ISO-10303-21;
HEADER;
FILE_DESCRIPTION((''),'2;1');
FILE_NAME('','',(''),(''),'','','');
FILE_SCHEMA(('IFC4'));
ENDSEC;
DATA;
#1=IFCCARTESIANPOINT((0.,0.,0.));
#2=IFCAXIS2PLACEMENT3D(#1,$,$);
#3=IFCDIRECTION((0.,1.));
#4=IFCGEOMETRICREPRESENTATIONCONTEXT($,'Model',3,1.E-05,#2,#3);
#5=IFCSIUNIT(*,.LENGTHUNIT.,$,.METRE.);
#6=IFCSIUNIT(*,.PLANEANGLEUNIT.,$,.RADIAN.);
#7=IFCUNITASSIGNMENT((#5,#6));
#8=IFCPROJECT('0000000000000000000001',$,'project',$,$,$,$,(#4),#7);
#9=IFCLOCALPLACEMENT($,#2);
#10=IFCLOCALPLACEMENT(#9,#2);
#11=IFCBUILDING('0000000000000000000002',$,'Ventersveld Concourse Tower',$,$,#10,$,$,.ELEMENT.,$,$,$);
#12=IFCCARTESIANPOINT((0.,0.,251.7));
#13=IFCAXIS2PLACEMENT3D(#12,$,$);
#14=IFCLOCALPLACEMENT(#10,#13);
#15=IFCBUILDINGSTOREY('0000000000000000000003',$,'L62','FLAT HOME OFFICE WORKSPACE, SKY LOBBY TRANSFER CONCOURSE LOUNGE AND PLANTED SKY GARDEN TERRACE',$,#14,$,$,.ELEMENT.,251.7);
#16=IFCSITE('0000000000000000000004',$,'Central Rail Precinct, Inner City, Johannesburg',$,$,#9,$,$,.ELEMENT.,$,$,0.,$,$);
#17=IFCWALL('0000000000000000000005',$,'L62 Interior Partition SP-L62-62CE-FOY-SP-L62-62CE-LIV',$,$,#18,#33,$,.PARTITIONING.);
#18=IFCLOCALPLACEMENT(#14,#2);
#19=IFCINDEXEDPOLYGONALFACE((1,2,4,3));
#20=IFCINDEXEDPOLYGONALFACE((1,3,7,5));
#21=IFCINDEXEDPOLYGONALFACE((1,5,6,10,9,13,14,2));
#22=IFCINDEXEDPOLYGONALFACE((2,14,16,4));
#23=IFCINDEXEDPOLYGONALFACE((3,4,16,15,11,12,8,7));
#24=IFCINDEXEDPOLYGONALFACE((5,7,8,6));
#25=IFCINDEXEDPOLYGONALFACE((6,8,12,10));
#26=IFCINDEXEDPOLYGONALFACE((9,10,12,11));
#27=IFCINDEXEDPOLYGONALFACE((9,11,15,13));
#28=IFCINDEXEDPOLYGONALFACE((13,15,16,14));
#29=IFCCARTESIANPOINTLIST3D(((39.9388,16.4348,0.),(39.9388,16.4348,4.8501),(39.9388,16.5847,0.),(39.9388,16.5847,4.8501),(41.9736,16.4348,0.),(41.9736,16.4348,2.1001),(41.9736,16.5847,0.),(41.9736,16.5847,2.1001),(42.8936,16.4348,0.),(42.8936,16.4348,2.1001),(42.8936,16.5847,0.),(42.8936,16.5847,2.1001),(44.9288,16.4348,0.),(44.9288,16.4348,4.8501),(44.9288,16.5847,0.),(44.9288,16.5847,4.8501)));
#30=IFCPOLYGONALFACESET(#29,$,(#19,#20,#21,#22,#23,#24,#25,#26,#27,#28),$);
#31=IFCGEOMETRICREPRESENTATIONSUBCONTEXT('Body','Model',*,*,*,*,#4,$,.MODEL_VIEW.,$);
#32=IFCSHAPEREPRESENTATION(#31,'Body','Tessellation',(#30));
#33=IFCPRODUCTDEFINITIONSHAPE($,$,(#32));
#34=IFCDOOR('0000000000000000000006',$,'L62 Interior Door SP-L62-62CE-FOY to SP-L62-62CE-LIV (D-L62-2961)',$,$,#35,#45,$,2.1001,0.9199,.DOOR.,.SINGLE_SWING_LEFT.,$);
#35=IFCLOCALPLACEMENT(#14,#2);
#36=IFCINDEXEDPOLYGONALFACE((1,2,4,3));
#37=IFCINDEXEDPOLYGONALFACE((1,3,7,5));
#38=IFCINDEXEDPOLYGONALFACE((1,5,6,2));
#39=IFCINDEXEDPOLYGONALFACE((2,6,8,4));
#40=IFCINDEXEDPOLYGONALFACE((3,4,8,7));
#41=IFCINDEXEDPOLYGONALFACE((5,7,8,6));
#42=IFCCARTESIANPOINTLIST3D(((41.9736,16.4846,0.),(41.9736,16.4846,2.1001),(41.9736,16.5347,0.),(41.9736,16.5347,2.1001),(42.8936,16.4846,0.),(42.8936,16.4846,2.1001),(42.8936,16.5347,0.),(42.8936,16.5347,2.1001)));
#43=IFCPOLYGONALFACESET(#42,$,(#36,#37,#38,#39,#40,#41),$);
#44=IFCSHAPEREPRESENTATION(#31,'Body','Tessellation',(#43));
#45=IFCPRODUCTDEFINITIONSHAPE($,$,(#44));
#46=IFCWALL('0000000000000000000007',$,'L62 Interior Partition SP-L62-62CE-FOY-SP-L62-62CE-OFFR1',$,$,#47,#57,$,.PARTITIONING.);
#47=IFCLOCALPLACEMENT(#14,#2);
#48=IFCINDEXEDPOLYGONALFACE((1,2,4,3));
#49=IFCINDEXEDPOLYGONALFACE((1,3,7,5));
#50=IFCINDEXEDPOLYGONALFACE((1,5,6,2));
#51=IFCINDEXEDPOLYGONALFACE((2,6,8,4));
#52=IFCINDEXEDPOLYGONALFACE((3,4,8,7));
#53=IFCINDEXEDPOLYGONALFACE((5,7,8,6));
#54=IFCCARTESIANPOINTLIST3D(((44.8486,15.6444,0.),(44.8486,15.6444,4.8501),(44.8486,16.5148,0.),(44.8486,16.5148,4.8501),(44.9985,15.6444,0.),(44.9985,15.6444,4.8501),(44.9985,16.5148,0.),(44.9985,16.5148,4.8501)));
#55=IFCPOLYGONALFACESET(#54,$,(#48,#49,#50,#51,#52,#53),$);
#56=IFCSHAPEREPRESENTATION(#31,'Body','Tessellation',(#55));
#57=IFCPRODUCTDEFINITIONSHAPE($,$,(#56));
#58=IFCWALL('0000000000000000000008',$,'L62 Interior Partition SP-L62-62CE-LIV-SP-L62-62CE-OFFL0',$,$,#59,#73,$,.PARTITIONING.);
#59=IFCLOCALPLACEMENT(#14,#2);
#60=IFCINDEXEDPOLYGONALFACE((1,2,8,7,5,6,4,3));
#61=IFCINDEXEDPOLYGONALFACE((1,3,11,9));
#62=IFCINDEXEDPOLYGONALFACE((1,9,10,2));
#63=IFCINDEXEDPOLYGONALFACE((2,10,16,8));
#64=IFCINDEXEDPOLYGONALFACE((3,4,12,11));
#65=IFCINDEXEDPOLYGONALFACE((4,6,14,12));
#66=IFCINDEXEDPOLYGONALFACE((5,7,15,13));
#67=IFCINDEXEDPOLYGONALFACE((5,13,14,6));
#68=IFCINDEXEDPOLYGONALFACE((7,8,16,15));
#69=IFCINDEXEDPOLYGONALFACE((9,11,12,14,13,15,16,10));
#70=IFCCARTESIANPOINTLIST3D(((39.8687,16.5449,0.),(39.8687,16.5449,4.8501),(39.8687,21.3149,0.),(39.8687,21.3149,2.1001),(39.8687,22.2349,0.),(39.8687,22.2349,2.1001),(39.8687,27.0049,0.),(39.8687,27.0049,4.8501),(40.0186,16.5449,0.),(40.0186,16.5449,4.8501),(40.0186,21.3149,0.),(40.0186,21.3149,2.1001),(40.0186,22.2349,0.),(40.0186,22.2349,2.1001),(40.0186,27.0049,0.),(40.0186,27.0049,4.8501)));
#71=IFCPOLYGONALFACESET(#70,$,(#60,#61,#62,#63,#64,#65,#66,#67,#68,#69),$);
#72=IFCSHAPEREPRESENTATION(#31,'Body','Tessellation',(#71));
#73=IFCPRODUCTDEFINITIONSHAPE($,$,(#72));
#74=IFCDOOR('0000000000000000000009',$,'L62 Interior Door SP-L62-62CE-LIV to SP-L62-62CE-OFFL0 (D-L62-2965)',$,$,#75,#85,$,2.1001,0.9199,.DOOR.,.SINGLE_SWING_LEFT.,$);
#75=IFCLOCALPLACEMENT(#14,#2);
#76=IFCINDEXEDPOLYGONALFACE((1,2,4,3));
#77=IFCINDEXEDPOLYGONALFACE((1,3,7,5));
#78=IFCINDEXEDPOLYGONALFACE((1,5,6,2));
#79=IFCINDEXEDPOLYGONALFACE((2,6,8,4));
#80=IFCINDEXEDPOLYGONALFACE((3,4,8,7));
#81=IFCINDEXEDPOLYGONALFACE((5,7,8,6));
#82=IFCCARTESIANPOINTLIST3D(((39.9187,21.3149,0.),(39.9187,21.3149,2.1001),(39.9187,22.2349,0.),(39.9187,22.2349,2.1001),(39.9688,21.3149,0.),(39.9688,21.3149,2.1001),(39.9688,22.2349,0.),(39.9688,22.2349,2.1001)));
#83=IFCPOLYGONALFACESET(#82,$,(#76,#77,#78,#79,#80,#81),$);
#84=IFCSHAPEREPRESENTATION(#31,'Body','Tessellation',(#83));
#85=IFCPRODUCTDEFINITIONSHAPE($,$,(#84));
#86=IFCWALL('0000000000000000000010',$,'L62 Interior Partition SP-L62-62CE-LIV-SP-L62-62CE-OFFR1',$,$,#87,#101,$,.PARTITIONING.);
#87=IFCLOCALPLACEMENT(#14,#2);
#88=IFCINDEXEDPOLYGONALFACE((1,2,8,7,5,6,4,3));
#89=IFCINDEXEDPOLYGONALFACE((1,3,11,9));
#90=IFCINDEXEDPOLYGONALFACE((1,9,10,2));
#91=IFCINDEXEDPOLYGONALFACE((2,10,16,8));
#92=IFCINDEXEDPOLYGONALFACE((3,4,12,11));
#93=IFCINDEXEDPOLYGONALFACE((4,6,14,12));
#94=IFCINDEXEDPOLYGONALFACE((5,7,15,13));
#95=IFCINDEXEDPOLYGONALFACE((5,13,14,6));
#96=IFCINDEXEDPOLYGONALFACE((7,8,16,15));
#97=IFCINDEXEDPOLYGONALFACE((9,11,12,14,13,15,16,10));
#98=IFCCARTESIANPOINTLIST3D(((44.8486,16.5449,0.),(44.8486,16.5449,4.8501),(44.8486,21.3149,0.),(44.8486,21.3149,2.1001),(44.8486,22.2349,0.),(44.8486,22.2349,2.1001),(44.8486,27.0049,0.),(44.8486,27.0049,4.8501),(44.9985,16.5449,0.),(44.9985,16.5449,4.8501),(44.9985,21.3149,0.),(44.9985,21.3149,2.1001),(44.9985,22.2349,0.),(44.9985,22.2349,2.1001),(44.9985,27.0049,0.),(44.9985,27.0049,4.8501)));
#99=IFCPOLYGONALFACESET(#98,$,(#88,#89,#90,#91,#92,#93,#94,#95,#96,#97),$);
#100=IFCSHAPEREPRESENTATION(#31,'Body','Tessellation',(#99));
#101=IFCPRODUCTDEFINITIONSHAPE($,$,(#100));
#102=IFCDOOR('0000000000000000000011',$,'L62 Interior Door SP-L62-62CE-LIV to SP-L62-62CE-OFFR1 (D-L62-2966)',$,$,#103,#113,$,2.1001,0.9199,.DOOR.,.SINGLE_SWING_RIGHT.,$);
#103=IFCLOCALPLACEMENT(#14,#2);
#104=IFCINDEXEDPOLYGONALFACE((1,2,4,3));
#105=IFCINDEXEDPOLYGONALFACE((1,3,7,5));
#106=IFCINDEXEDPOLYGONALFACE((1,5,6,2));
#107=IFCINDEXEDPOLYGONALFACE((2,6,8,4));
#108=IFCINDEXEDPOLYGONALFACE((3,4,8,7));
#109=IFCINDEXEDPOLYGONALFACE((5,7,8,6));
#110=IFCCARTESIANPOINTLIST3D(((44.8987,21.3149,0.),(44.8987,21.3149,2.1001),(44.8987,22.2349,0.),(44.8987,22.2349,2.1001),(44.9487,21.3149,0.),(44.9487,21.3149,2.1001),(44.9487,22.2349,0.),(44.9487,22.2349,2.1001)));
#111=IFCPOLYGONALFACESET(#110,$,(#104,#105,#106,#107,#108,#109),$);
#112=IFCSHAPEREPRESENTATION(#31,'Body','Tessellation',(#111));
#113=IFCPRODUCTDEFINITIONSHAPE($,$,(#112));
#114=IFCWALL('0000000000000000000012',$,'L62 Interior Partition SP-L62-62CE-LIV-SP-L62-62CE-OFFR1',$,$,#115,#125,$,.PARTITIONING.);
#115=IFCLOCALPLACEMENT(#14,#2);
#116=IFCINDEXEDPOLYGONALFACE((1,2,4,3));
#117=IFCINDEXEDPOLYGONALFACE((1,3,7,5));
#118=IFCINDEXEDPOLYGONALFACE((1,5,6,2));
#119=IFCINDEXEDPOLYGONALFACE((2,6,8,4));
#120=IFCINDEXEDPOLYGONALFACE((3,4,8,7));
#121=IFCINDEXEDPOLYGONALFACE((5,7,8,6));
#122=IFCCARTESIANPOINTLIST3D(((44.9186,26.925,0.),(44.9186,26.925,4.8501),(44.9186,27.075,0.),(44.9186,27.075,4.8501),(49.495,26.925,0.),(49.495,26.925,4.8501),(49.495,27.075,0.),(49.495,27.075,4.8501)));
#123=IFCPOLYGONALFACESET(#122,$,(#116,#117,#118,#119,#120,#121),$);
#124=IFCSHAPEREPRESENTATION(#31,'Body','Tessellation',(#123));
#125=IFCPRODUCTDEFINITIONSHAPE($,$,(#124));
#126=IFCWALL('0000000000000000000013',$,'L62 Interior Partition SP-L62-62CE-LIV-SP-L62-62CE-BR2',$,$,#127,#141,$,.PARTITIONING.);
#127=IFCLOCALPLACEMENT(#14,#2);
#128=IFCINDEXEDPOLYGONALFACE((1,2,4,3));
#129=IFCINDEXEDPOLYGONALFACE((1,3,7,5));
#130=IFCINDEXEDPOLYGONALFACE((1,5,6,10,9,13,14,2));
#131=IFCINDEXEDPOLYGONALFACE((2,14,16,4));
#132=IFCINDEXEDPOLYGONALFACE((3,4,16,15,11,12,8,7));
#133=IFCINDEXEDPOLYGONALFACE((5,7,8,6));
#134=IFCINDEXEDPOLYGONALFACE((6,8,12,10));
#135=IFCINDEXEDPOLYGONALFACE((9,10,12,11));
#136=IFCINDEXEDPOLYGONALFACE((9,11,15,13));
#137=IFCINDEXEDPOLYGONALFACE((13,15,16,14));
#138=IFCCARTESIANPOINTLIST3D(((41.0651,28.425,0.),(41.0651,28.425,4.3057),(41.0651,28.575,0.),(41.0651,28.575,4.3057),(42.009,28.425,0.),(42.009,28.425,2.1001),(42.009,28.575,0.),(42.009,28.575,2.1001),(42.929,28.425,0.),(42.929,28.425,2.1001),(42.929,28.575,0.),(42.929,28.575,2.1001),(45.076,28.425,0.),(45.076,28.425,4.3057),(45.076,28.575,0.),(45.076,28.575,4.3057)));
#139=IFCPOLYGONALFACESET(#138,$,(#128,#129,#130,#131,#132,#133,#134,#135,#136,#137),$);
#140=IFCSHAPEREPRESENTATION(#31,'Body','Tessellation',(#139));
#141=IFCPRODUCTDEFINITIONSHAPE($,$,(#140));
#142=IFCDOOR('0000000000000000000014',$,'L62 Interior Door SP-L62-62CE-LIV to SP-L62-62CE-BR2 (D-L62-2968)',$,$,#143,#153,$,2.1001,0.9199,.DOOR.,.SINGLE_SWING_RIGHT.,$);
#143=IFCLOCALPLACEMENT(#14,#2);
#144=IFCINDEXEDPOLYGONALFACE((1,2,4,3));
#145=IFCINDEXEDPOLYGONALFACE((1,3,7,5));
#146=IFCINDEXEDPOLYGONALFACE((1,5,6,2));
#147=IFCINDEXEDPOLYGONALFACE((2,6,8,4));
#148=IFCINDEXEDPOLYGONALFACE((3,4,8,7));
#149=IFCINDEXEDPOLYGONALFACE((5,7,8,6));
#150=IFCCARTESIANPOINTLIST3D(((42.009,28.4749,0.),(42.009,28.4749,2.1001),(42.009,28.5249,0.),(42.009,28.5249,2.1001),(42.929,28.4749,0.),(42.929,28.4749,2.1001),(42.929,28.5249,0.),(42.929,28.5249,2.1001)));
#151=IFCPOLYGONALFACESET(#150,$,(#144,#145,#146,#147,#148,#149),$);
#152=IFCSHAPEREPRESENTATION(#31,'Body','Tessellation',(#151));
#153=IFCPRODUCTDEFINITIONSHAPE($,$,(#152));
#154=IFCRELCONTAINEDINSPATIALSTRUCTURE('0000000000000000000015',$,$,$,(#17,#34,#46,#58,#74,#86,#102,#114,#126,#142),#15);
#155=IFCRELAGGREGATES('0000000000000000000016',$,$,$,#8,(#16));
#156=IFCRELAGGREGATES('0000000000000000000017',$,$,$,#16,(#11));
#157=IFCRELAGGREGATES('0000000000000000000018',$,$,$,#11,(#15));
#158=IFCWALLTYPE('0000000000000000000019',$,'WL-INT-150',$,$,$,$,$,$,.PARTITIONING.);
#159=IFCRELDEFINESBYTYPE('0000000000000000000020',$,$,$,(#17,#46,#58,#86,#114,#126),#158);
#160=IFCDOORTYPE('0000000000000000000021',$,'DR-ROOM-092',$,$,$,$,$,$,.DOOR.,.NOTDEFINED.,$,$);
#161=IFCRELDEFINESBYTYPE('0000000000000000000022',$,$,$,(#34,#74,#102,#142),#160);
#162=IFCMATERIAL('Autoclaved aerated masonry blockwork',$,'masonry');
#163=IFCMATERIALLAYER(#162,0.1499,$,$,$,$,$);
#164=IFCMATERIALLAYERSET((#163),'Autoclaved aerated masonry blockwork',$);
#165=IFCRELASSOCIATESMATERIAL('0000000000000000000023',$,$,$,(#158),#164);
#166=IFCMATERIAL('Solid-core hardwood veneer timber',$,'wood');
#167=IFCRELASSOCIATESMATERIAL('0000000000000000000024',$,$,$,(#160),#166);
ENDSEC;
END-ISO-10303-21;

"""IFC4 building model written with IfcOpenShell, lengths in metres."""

from ifc_helpers import new_model, si_unit, direction, frame, frame_2d, origin, place, context, subcontext, project, spatial, rectangle, extrude, material, layer, layer_set, type_object, element, fill, save


model = new_model("IFC4")

# Units and contexts
model_context = context("Model", 3, precision=1e-05, world=origin(), true_north=direction((0.0, 1.0)))
body_context = subcontext(model_context, "Body", "Model", "MODEL_VIEW")
ifc_project = project(units=[si_unit("LENGTHUNIT", "METRE"), si_unit("PLANEANGLEUNIT", "RADIAN")], contexts=[model_context])

# Site, building, storey
site_placement = place(None, origin())
site = spatial("IfcSite", under=ifc_project, at=site_placement, Name="Central Rail Precinct, Inner City, Johannesburg", CompositionType="ELEMENT", RefElevation=0.0)
building_placement = place(site_placement, origin())
building = spatial("IfcBuilding", under=site, at=building_placement, Name="Ventersveld Concourse Tower", CompositionType="ELEMENT")
storey_placement = place(building_placement, frame((0.0, 0.0, 251.7)))
storey = spatial("IfcBuildingStorey", under=building, at=storey_placement, Name="L62", Description="FLAT HOME OFFICE WORKSPACE, SKY LOBBY TRANSFER CONCOURSE LOUNGE AND PLANTED SKY GARDEN TERRACE", CompositionType="ELEMENT", Elevation=251.7)

# Wall, opening, door
ifc_material_1 = material(Name="Autoclaved aerated masonry blockwork", Category="masonry")
ifc_layer_1 = layer(ifc_material_1, 0.1499)
ifc_layer_set_1 = layer_set([ifc_layer_1], Name="Autoclaved aerated masonry blockwork")
wall_type_1 = type_object("IfcWallType", Name="WL-INT-150", PredefinedType="PARTITIONING", material=ifc_layer_set_1)
wall_1_placement = place(storey_placement, frame((39.9387, 16.5098, 0.0), z_axis=(0.0, 0.0, 1.0), x_axis=(1.0, 0.0, 0.0)))
wall_1 = element("IfcWall", 1, at=wall_1_placement, inside=storey, type_object=wall_type_1, Name="L62 Interior Partition SP-L62-62CE-FOY-SP-L62-62CE-LIV", PredefinedType="PARTITIONING", context=body_context, shape_type="SweptSolid", body=[
    extrude(rectangle(XDim=4.99, YDim=0.1499, at=frame_2d((2.4951, 0.0))), origin(), (0.0, 0.0, 1.0), 4.8501),
])
opening_1_placement = place(wall_1_placement, frame((2.0349, 0.0, 0.0)))
opening_1 = element("IfcOpeningElement", 2, at=opening_1_placement, cuts=wall_1, PredefinedType="OPENING", context=body_context, shape_type="SweptSolid", body=[
    extrude(rectangle(XDim=0.9199, YDim=2.1001, at=frame_2d((0.46, 1.05))), frame((0.0, 0.085, 0.0), z_axis=(0.0, -1.0, 0.0), x_axis=(1.0, 0.0, 0.0)), (0.0, 0.0, 1.0), 0.1699),
])
ifc_material_2 = material(Name="Solid-core hardwood veneer timber", Category="wood")
door_type = type_object("IfcDoorType", Name="DR-ROOM-092", OperationType="NOTDEFINED", PredefinedType="DOOR", material=ifc_material_2)
door_1_placement = place(opening_1_placement, origin())
door_1 = element("IfcDoor", 3, at=door_1_placement, inside=storey, type_object=door_type, Name="L62 Interior Door SP-L62-62CE-FOY to SP-L62-62CE-LIV (D-L62-2961)", OperationType="SINGLE_SWING_LEFT", OverallHeight=2.1001, OverallWidth=0.9199, PredefinedType="DOOR", context=body_context, shape_type="SweptSolid", body=[
    extrude(rectangle(XDim=0.9199, YDim=2.1001, at=frame_2d((0.46, 1.05))), frame((0.0, 0.0249, 0.0), z_axis=(0.0, -1.0, 0.0), x_axis=(1.0, 0.0, 0.0)), (0.0, 0.0, 1.0), 0.05),
])
fill(opening_1, door_1)

# Wall
wall_2_placement = place(storey_placement, frame((44.9236, 15.6445, 0.0), z_axis=(0.0, 0.0, 1.0), x_axis=(0.0, 1.0, 0.0)))
element("IfcWall", 4, at=wall_2_placement, inside=storey, type_object=wall_type_1, Name="L62 Interior Partition SP-L62-62CE-FOY-SP-L62-62CE-OFFR1", PredefinedType="PARTITIONING", context=body_context, shape_type="SweptSolid", body=[
    extrude(rectangle(XDim=0.8704, YDim=0.1499, at=frame_2d((0.4351, 0.0))), origin(), (0.0, 0.0, 1.0), 4.8501),
])

# Walls, openings, doors
wall_3_placement = place(storey_placement, frame((39.9436, 16.5449, 0.0), z_axis=(0.0, 0.0, 1.0), x_axis=(0.0, 1.0, 0.0)))
wall_3 = element("IfcWall", 5, at=wall_3_placement, inside=storey, type_object=wall_type_1, Name="L62 Interior Partition SP-L62-62CE-LIV-SP-L62-62CE-OFFL0", PredefinedType="PARTITIONING", context=body_context, shape_type="SweptSolid", body=[
    extrude(rectangle(XDim=10.46, YDim=0.1499, at=frame_2d((5.23, 0.0))), origin(), (0.0, 0.0, 1.0), 4.8501),
])
opening_2_placement = place(wall_3_placement, frame((4.77, 0.0, 0.0)))
opening_2 = element("IfcOpeningElement", 6, at=opening_2_placement, cuts=wall_3, PredefinedType="OPENING", context=body_context, shape_type="SweptSolid", body=[
    extrude(rectangle(XDim=0.9199, YDim=2.1001, at=frame_2d((0.46, 1.05))), frame((0.0, 0.085, 0.0), z_axis=(0.0, -1.0, 0.0), x_axis=(1.0, 0.0, 0.0)), (0.0, 0.0, 1.0), 0.1699),
])
door_2_placement = place(opening_2_placement, origin())
door_2 = element("IfcDoor", 7, at=door_2_placement, inside=storey, type_object=door_type, Name="L62 Interior Door SP-L62-62CE-LIV to SP-L62-62CE-OFFL0 (D-L62-2965)", OperationType="SINGLE_SWING_LEFT", OverallHeight=2.1001, OverallWidth=0.9199, PredefinedType="DOOR", context=body_context, shape_type="SweptSolid", body=[
    extrude(rectangle(XDim=0.9199, YDim=2.1001, at=frame_2d((0.46, 1.05))), frame((0.0, 0.0249, 0.0), z_axis=(0.0, -1.0, 0.0), x_axis=(1.0, 0.0, 0.0)), (0.0, 0.0, 1.0), 0.05),
])
fill(opening_2, door_2)
wall_4_placement = place(storey_placement, frame((44.9236, 16.5449, 0.0), z_axis=(0.0, 0.0, 1.0), x_axis=(0.0, 1.0, 0.0)))
wall_4 = element("IfcWall", 8, at=wall_4_placement, inside=storey, type_object=wall_type_1, Name="L62 Interior Partition SP-L62-62CE-LIV-SP-L62-62CE-OFFR1", PredefinedType="PARTITIONING", context=body_context, shape_type="SweptSolid", body=[
    extrude(rectangle(XDim=10.46, YDim=0.1499, at=frame_2d((5.23, 0.0))), origin(), (0.0, 0.0, 1.0), 4.8501),
])
opening_3_placement = place(wall_4_placement, frame((4.77, 0.0, 0.0)))
opening_3 = element("IfcOpeningElement", 9, at=opening_3_placement, cuts=wall_4, PredefinedType="OPENING", context=body_context, shape_type="SweptSolid", body=[
    extrude(rectangle(XDim=0.9199, YDim=2.1001, at=frame_2d((0.46, 1.05))), frame((0.0, 0.085, 0.0), z_axis=(0.0, -1.0, 0.0), x_axis=(1.0, 0.0, 0.0)), (0.0, 0.0, 1.0), 0.1699),
])
door_3_placement = place(opening_3_placement, origin())
door_3 = element("IfcDoor", 10, at=door_3_placement, inside=storey, type_object=door_type, Name="L62 Interior Door SP-L62-62CE-LIV to SP-L62-62CE-OFFR1 (D-L62-2966)", OperationType="SINGLE_SWING_RIGHT", OverallHeight=2.1001, OverallWidth=0.9199, PredefinedType="DOOR", context=body_context, shape_type="SweptSolid", body=[
    extrude(rectangle(XDim=0.9199, YDim=2.1001, at=frame_2d((0.46, 1.05))), frame((0.0, 0.0249, 0.0), z_axis=(0.0, -1.0, 0.0), x_axis=(1.0, 0.0, 0.0)), (0.0, 0.0, 1.0), 0.05),
])
fill(opening_3, door_3)

# Wall
wall_5_placement = place(storey_placement, frame((44.9187, 27.0, 0.0), z_axis=(0.0, 0.0, 1.0), x_axis=(1.0, 0.0, 0.0)))
element("IfcWall", 11, at=wall_5_placement, inside=storey, type_object=wall_type_1, Name="L62 Interior Partition SP-L62-62CE-LIV-SP-L62-62CE-OFFR1", PredefinedType="PARTITIONING", context=body_context, shape_type="SweptSolid", body=[
    extrude(rectangle(XDim=4.5764, YDim=0.1499, at=frame_2d((2.2881, 0.0))), origin(), (0.0, 0.0, 1.0), 4.8501),
])

# Wall, opening, door
wall_6_placement = place(storey_placement, frame((41.0652, 28.5, 0.0), z_axis=(0.0, 0.0, 1.0), x_axis=(1.0, 0.0, 0.0)))
wall_6 = element("IfcWall", 12, at=wall_6_placement, inside=storey, type_object=wall_type_1, Name="L62 Interior Partition SP-L62-62CE-LIV-SP-L62-62CE-BR2", PredefinedType="PARTITIONING", context=body_context, shape_type="SweptSolid", body=[
    extrude(rectangle(XDim=4.011, YDim=0.1499, at=frame_2d((2.0054, 0.0))), origin(), (0.0, 0.0, 1.0), 4.3057),
])
opening_4_placement = place(wall_6_placement, frame((0.9438, 0.0, 0.0)))
opening_4 = element("IfcOpeningElement", 13, at=opening_4_placement, cuts=wall_6, PredefinedType="OPENING", context=body_context, shape_type="SweptSolid", body=[
    extrude(rectangle(XDim=0.9199, YDim=2.1001, at=frame_2d((0.46, 1.05))), frame((0.0, 0.085, 0.0), z_axis=(0.0, -1.0, 0.0), x_axis=(1.0, 0.0, 0.0)), (0.0, 0.0, 1.0), 0.1699),
])
door_4_placement = place(opening_4_placement, origin())
door_4 = element("IfcDoor", 14, at=door_4_placement, inside=storey, type_object=door_type, Name="L62 Interior Door SP-L62-62CE-LIV to SP-L62-62CE-BR2 (D-L62-2968)", OperationType="SINGLE_SWING_RIGHT", OverallHeight=2.1001, OverallWidth=0.9199, PredefinedType="DOOR", context=body_context, shape_type="SweptSolid", body=[
    extrude(rectangle(XDim=0.9199, YDim=2.1001, at=frame_2d((0.46, 1.05))), frame((0.0, 0.0249, 0.0), z_axis=(0.0, -1.0, 0.0), x_axis=(1.0, 0.0, 0.0)), (0.0, 0.0, 1.0), 0.05),
])
fill(opening_4, door_4)

save(model, "model.ifc")
